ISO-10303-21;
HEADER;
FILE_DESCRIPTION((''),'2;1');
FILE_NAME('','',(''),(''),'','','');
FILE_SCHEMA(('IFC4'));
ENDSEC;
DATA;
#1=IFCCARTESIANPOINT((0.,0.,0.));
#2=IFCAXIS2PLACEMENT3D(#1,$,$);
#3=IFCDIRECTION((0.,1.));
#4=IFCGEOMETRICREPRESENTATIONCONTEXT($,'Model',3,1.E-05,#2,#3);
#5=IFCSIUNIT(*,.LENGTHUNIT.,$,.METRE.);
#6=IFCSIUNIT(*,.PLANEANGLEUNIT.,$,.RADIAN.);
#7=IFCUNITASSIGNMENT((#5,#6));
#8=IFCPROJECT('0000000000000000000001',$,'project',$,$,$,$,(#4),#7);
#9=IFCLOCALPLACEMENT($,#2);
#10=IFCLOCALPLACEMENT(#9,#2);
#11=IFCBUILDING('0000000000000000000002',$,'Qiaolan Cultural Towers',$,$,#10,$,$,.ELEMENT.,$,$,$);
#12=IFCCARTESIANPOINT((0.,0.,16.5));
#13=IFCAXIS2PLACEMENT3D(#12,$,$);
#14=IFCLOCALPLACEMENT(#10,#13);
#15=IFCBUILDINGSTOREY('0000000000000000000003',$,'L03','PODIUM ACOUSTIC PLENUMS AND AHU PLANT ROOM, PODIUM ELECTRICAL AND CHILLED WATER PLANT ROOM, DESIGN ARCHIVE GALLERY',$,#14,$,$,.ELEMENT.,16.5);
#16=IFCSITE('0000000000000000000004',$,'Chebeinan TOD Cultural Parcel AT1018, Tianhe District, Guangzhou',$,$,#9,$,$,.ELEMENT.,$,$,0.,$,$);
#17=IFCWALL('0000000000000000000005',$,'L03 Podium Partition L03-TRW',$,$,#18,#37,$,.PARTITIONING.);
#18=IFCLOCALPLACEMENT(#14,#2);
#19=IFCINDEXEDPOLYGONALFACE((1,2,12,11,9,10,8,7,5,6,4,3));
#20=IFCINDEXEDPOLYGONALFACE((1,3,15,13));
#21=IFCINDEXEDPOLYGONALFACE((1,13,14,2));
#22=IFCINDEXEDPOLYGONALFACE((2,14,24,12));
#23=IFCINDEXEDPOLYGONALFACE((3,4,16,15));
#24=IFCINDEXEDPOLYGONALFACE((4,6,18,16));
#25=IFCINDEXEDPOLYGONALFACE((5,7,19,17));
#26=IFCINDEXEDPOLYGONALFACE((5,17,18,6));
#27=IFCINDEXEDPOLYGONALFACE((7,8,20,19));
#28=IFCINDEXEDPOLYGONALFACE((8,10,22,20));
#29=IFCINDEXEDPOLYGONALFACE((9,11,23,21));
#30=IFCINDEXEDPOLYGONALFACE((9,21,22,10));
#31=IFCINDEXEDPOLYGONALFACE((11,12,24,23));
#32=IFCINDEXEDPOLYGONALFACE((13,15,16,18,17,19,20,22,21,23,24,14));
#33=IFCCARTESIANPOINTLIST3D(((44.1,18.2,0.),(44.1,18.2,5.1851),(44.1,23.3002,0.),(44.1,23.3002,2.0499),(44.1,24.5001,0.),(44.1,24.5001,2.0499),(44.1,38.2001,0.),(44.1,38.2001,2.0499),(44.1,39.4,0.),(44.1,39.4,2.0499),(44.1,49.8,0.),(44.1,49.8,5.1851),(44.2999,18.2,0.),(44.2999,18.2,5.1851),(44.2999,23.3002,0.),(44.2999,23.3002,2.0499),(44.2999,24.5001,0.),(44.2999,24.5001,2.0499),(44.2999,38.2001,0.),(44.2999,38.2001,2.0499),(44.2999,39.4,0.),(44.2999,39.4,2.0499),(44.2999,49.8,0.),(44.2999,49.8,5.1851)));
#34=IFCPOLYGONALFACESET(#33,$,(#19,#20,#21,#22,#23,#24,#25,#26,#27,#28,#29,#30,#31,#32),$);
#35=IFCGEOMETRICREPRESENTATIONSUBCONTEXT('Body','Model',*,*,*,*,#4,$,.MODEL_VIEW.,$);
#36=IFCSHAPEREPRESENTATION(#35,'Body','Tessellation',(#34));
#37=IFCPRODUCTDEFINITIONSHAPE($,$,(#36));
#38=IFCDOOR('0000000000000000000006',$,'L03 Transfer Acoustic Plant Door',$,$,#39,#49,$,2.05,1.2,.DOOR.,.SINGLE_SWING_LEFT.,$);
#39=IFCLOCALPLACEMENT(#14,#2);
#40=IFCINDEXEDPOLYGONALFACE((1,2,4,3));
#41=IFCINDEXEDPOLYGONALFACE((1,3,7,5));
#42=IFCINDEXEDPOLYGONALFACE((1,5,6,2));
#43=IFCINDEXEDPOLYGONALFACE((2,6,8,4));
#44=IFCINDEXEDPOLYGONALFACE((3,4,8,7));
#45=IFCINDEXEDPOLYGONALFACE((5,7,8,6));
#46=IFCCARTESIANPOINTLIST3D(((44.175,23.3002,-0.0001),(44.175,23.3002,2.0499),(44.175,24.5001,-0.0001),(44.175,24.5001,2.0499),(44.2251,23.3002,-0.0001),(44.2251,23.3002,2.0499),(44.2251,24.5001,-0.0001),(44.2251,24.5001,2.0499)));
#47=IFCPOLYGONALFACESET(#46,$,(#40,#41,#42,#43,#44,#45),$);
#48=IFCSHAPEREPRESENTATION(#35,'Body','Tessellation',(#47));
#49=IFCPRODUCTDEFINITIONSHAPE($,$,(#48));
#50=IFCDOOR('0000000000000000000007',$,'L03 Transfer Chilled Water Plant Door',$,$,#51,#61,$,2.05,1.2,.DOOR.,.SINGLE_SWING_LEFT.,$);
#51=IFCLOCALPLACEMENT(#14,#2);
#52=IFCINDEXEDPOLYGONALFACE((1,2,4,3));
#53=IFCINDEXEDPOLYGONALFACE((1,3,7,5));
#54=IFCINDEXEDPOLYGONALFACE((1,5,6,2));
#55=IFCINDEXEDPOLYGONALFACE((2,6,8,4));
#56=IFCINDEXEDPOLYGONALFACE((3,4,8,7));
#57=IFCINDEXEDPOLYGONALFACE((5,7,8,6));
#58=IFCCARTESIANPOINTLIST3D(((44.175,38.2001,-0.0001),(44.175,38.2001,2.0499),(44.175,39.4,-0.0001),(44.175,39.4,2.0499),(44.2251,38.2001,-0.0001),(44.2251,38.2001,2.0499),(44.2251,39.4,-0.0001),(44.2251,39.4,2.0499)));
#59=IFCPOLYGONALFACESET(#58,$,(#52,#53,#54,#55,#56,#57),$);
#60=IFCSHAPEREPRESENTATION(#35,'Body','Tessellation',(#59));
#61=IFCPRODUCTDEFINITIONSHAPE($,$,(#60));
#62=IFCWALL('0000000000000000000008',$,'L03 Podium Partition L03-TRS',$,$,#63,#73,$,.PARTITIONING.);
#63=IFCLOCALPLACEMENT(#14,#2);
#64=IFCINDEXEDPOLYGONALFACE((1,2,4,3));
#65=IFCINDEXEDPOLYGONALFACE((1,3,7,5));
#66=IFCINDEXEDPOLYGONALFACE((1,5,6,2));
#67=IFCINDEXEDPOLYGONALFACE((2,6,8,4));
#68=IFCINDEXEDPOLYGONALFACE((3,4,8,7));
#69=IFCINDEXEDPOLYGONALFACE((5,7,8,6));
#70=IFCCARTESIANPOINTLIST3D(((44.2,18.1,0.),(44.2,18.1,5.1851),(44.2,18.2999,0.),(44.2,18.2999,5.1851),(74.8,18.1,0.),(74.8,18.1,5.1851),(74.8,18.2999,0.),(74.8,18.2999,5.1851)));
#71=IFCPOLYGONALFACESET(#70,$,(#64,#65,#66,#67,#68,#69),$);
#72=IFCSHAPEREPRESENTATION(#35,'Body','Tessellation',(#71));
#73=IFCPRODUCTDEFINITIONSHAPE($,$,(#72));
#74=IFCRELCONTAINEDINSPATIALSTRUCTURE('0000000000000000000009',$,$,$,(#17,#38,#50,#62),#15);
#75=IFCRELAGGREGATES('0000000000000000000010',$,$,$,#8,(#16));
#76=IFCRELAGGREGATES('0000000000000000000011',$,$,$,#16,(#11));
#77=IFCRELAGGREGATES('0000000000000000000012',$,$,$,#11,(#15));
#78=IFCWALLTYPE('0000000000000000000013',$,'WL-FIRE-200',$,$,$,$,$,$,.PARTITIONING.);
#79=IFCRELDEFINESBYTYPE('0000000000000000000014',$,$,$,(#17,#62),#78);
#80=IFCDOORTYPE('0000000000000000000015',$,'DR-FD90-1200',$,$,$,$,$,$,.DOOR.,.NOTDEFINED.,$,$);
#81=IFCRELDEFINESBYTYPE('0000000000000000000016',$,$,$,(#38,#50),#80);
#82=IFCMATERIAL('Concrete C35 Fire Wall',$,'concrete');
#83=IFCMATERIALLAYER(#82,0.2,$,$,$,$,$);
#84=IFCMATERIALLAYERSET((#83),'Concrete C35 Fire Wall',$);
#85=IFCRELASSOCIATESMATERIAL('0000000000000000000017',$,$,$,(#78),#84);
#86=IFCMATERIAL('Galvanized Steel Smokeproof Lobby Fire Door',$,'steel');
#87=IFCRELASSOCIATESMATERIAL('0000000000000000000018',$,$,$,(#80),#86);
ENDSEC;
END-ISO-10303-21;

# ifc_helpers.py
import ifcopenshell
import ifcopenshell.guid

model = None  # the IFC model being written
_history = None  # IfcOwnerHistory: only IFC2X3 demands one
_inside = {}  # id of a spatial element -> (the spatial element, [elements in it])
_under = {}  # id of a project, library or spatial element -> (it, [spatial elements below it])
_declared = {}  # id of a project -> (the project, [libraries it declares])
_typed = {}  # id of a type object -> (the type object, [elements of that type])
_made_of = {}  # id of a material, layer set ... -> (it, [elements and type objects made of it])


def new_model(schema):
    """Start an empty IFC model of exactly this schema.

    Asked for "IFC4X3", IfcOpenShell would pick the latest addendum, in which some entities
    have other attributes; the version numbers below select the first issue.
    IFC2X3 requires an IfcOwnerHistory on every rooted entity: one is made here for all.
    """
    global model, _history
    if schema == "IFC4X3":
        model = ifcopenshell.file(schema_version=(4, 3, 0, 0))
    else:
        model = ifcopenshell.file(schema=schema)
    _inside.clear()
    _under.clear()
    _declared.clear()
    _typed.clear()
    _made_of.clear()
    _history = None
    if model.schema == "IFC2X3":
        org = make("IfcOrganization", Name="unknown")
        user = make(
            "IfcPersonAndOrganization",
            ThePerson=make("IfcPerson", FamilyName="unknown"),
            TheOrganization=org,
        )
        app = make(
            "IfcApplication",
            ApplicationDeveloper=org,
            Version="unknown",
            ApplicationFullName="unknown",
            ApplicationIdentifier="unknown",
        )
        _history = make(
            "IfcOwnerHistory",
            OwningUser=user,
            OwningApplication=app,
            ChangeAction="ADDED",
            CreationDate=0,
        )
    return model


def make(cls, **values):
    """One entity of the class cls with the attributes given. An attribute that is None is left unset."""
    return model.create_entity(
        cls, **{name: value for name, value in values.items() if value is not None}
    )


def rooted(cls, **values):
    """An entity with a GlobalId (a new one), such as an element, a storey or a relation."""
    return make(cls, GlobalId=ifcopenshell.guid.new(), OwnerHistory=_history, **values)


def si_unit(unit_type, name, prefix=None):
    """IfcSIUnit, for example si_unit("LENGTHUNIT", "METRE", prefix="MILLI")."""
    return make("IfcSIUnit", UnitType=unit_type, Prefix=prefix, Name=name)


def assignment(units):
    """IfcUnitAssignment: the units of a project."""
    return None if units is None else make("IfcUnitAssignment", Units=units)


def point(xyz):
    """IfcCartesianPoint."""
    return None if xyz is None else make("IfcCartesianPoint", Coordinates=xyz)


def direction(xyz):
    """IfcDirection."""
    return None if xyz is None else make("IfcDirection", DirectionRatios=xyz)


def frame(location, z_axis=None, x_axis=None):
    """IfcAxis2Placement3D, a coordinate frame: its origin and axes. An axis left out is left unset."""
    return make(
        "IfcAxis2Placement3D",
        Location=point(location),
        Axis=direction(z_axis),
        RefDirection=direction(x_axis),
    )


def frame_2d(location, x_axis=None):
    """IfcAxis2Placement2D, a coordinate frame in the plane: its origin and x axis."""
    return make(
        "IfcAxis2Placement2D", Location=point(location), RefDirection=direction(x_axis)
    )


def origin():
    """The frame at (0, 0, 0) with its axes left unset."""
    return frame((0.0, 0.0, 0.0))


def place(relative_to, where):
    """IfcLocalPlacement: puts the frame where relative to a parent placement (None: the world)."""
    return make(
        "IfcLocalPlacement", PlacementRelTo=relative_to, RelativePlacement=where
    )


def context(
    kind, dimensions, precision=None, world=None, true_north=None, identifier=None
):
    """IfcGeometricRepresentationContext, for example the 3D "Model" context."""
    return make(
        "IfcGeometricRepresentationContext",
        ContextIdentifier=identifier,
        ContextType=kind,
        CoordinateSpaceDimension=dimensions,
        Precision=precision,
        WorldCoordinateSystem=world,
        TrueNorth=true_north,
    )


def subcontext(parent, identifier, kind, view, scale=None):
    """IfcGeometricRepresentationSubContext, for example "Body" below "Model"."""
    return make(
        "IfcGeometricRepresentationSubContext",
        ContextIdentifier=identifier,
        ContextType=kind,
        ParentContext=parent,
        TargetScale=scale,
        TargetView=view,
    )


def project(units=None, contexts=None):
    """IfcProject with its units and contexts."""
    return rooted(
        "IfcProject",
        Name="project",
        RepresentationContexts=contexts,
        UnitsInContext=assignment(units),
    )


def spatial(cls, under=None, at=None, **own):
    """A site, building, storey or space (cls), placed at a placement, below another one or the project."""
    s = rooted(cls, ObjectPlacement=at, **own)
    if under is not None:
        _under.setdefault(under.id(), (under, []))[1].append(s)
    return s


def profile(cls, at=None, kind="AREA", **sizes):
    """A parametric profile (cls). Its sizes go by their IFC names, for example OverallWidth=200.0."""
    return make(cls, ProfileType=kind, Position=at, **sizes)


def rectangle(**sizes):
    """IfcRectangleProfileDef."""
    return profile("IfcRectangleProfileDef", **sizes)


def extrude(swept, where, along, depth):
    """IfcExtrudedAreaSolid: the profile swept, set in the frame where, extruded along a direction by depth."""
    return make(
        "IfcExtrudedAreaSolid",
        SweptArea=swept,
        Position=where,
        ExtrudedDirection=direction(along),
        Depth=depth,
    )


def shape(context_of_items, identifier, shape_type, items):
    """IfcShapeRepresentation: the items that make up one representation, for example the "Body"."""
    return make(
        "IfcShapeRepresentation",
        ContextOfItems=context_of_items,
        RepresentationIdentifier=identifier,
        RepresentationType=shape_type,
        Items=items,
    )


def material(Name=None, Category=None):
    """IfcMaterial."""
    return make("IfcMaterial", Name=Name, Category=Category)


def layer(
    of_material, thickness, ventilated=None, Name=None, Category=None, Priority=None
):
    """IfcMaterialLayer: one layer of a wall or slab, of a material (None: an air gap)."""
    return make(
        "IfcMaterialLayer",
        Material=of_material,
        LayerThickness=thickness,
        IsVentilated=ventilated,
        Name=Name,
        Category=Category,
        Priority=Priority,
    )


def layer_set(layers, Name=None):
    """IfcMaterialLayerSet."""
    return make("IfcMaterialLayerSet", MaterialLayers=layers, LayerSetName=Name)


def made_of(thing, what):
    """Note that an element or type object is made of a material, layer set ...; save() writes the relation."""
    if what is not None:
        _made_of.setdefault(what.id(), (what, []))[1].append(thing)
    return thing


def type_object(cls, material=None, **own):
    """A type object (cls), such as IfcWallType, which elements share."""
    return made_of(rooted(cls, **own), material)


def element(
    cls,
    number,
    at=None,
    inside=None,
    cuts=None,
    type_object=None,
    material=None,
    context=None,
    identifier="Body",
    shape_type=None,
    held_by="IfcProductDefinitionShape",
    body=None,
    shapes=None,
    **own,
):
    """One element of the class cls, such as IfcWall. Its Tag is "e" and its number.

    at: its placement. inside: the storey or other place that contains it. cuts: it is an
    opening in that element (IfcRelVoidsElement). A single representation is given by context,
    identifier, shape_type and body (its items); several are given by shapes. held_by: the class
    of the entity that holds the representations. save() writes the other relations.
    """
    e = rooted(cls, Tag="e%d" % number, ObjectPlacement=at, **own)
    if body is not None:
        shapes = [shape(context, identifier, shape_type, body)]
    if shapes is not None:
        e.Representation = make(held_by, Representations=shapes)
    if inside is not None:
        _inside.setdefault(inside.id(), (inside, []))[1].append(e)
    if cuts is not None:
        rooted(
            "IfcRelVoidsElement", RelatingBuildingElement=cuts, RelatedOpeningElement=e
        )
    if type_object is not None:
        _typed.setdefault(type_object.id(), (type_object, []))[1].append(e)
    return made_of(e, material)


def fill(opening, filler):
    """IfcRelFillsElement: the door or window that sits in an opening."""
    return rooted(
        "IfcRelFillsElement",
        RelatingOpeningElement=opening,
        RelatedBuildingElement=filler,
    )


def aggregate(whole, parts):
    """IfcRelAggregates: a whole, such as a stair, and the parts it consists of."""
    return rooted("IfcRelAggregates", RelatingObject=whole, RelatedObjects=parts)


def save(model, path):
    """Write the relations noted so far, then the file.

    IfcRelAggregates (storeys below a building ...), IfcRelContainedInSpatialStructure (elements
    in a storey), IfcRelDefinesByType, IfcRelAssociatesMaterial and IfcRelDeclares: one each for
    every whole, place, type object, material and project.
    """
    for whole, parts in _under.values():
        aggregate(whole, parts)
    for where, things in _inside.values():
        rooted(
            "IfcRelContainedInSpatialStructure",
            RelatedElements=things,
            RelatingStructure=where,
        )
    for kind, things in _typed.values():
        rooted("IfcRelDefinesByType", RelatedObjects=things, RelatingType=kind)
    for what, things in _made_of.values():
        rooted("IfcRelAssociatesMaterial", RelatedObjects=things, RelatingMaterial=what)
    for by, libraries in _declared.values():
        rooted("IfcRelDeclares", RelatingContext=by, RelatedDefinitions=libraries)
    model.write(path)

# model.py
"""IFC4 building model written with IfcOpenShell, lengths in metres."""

from ifc_helpers import new_model, si_unit, direction, frame, frame_2d, origin, place, context, subcontext, project, spatial, rectangle, extrude, material, layer, layer_set, type_object, element, fill, save


model = new_model("IFC4")

# Units and contexts
model_context = context("Model", 3, precision=1e-05, world=origin(), true_north=direction((0.0, 1.0)))
body_context = subcontext(model_context, "Body", "Model", "MODEL_VIEW")
ifc_project = project(units=[si_unit("LENGTHUNIT", "METRE"), si_unit("PLANEANGLEUNIT", "RADIAN")], contexts=[model_context])

# Site, building, storey
site_placement = place(None, origin())
site = spatial("IfcSite", under=ifc_project, at=site_placement, Name="Chebeinan TOD Cultural Parcel AT1018, Tianhe District, Guangzhou", CompositionType="ELEMENT", RefElevation=0.0)
building_placement = place(site_placement, origin())
building = spatial("IfcBuilding", under=site, at=building_placement, Name="Qiaolan Cultural Towers", CompositionType="ELEMENT")
storey_placement = place(building_placement, frame((0.0, 0.0, 16.5)))
storey = spatial("IfcBuildingStorey", under=building, at=storey_placement, Name="L03", Description="PODIUM ACOUSTIC PLENUMS AND AHU PLANT ROOM, PODIUM ELECTRICAL AND CHILLED WATER PLANT ROOM, DESIGN ARCHIVE GALLERY", CompositionType="ELEMENT", Elevation=16.5)

# Wall, openings, doors
ifc_material_1 = material(Name="Concrete C35 Fire Wall", Category="concrete")
ifc_layer_1 = layer(ifc_material_1, 0.2)
ifc_layer_set_1 = layer_set([ifc_layer_1], Name="Concrete C35 Fire Wall")
wall_type = type_object("IfcWallType", Name="WL-FIRE-200", PredefinedType="PARTITIONING", material=ifc_layer_set_1)
wall_1_placement = place(storey_placement, frame((44.2, 18.2, 0.0), z_axis=(0.0, 0.0, 1.0), x_axis=(0.0, 1.0, 0.0)))
wall_1 = element("IfcWall", 1, at=wall_1_placement, inside=storey, type_object=wall_type, Name="L03 Podium Partition L03-TRW", PredefinedType="PARTITIONING", context=body_context, shape_type="SweptSolid", body=[
    extrude(rectangle(XDim=31.6001, YDim=0.2, at=frame_2d((15.8, 0.0))), origin(), (0.0, 0.0, 1.0), 5.1851),
])
opening_1_placement = place(wall_1_placement, frame((5.1001, 0.0, 0.0)))
opening_1 = element("IfcOpeningElement", 2, at=opening_1_placement, cuts=wall_1, PredefinedType="OPENING", context=body_context, shape_type="SweptSolid", body=[
    extrude(rectangle(XDim=1.2, YDim=2.05, at=frame_2d((0.6001, 1.0249))), frame((0.0, 0.1099, 0.0), z_axis=(0.0, -1.0, 0.0), x_axis=(1.0, 0.0, 0.0)), (0.0, 0.0, 1.0), 0.22),
])
opening_2_placement = place(wall_1_placement, frame((20.0, 0.0, 0.0)))
opening_2 = element("IfcOpeningElement", 3, at=opening_2_placement, cuts=wall_1, PredefinedType="OPENING", context=body_context, shape_type="SweptSolid", body=[
    extrude(rectangle(XDim=1.2, YDim=2.05, at=frame_2d((0.6001, 1.0249))), frame((0.0, 0.1099, 0.0), z_axis=(0.0, -1.0, 0.0), x_axis=(1.0, 0.0, 0.0)), (0.0, 0.0, 1.0), 0.22),
])
ifc_material_2 = material(Name="Galvanized Steel Smokeproof Lobby Fire Door", Category="steel")
door_type = type_object("IfcDoorType", Name="DR-FD90-1200", OperationType="NOTDEFINED", PredefinedType="DOOR", material=ifc_material_2)
door_1_placement = place(opening_1_placement, origin())
door_1 = element("IfcDoor", 4, at=door_1_placement, inside=storey, type_object=door_type, Name="L03 Transfer Acoustic Plant Door", OperationType="SINGLE_SWING_LEFT", OverallHeight=2.05, OverallWidth=1.2, PredefinedType="DOOR", context=body_context, shape_type="SweptSolid", body=[
    extrude(rectangle(XDim=1.2, YDim=2.05, at=frame_2d((0.6001, 1.0249))), frame((0.0, 0.0249, 0.0), z_axis=(0.0, -1.0, 0.0), x_axis=(1.0, 0.0, 0.0)), (0.0, 0.0, 1.0), 0.05),
])
fill(opening_1, door_1)
door_2_placement = place(opening_2_placement, origin())
door_2 = element("IfcDoor", 5, at=door_2_placement, inside=storey, type_object=door_type, Name="L03 Transfer Chilled Water Plant Door", OperationType="SINGLE_SWING_LEFT", OverallHeight=2.05, OverallWidth=1.2, PredefinedType="DOOR", context=body_context, shape_type="SweptSolid", body=[
    extrude(rectangle(XDim=1.2, YDim=2.05, at=frame_2d((0.6001, 1.0249))), frame((0.0, 0.0249, 0.0), z_axis=(0.0, -1.0, 0.0), x_axis=(1.0, 0.0, 0.0)), (0.0, 0.0, 1.0), 0.05),
])
fill(opening_2, door_2)

# Wall
wall_2_placement = place(storey_placement, frame((44.2, 18.2, 0.0), z_axis=(0.0, 0.0, 1.0), x_axis=(1.0, 0.0, 0.0)))
element("IfcWall", 6, at=wall_2_placement, inside=storey, type_object=wall_type, Name="L03 Podium Partition L03-TRS", PredefinedType="PARTITIONING", context=body_context, shape_type="SweptSolid", body=[
    extrude(rectangle(XDim=30.6001, YDim=0.2, at=frame_2d((15.3, 0.0))), origin(), (0.0, 0.0, 1.0), 5.1851),
])

save(model, "model.ifc")
